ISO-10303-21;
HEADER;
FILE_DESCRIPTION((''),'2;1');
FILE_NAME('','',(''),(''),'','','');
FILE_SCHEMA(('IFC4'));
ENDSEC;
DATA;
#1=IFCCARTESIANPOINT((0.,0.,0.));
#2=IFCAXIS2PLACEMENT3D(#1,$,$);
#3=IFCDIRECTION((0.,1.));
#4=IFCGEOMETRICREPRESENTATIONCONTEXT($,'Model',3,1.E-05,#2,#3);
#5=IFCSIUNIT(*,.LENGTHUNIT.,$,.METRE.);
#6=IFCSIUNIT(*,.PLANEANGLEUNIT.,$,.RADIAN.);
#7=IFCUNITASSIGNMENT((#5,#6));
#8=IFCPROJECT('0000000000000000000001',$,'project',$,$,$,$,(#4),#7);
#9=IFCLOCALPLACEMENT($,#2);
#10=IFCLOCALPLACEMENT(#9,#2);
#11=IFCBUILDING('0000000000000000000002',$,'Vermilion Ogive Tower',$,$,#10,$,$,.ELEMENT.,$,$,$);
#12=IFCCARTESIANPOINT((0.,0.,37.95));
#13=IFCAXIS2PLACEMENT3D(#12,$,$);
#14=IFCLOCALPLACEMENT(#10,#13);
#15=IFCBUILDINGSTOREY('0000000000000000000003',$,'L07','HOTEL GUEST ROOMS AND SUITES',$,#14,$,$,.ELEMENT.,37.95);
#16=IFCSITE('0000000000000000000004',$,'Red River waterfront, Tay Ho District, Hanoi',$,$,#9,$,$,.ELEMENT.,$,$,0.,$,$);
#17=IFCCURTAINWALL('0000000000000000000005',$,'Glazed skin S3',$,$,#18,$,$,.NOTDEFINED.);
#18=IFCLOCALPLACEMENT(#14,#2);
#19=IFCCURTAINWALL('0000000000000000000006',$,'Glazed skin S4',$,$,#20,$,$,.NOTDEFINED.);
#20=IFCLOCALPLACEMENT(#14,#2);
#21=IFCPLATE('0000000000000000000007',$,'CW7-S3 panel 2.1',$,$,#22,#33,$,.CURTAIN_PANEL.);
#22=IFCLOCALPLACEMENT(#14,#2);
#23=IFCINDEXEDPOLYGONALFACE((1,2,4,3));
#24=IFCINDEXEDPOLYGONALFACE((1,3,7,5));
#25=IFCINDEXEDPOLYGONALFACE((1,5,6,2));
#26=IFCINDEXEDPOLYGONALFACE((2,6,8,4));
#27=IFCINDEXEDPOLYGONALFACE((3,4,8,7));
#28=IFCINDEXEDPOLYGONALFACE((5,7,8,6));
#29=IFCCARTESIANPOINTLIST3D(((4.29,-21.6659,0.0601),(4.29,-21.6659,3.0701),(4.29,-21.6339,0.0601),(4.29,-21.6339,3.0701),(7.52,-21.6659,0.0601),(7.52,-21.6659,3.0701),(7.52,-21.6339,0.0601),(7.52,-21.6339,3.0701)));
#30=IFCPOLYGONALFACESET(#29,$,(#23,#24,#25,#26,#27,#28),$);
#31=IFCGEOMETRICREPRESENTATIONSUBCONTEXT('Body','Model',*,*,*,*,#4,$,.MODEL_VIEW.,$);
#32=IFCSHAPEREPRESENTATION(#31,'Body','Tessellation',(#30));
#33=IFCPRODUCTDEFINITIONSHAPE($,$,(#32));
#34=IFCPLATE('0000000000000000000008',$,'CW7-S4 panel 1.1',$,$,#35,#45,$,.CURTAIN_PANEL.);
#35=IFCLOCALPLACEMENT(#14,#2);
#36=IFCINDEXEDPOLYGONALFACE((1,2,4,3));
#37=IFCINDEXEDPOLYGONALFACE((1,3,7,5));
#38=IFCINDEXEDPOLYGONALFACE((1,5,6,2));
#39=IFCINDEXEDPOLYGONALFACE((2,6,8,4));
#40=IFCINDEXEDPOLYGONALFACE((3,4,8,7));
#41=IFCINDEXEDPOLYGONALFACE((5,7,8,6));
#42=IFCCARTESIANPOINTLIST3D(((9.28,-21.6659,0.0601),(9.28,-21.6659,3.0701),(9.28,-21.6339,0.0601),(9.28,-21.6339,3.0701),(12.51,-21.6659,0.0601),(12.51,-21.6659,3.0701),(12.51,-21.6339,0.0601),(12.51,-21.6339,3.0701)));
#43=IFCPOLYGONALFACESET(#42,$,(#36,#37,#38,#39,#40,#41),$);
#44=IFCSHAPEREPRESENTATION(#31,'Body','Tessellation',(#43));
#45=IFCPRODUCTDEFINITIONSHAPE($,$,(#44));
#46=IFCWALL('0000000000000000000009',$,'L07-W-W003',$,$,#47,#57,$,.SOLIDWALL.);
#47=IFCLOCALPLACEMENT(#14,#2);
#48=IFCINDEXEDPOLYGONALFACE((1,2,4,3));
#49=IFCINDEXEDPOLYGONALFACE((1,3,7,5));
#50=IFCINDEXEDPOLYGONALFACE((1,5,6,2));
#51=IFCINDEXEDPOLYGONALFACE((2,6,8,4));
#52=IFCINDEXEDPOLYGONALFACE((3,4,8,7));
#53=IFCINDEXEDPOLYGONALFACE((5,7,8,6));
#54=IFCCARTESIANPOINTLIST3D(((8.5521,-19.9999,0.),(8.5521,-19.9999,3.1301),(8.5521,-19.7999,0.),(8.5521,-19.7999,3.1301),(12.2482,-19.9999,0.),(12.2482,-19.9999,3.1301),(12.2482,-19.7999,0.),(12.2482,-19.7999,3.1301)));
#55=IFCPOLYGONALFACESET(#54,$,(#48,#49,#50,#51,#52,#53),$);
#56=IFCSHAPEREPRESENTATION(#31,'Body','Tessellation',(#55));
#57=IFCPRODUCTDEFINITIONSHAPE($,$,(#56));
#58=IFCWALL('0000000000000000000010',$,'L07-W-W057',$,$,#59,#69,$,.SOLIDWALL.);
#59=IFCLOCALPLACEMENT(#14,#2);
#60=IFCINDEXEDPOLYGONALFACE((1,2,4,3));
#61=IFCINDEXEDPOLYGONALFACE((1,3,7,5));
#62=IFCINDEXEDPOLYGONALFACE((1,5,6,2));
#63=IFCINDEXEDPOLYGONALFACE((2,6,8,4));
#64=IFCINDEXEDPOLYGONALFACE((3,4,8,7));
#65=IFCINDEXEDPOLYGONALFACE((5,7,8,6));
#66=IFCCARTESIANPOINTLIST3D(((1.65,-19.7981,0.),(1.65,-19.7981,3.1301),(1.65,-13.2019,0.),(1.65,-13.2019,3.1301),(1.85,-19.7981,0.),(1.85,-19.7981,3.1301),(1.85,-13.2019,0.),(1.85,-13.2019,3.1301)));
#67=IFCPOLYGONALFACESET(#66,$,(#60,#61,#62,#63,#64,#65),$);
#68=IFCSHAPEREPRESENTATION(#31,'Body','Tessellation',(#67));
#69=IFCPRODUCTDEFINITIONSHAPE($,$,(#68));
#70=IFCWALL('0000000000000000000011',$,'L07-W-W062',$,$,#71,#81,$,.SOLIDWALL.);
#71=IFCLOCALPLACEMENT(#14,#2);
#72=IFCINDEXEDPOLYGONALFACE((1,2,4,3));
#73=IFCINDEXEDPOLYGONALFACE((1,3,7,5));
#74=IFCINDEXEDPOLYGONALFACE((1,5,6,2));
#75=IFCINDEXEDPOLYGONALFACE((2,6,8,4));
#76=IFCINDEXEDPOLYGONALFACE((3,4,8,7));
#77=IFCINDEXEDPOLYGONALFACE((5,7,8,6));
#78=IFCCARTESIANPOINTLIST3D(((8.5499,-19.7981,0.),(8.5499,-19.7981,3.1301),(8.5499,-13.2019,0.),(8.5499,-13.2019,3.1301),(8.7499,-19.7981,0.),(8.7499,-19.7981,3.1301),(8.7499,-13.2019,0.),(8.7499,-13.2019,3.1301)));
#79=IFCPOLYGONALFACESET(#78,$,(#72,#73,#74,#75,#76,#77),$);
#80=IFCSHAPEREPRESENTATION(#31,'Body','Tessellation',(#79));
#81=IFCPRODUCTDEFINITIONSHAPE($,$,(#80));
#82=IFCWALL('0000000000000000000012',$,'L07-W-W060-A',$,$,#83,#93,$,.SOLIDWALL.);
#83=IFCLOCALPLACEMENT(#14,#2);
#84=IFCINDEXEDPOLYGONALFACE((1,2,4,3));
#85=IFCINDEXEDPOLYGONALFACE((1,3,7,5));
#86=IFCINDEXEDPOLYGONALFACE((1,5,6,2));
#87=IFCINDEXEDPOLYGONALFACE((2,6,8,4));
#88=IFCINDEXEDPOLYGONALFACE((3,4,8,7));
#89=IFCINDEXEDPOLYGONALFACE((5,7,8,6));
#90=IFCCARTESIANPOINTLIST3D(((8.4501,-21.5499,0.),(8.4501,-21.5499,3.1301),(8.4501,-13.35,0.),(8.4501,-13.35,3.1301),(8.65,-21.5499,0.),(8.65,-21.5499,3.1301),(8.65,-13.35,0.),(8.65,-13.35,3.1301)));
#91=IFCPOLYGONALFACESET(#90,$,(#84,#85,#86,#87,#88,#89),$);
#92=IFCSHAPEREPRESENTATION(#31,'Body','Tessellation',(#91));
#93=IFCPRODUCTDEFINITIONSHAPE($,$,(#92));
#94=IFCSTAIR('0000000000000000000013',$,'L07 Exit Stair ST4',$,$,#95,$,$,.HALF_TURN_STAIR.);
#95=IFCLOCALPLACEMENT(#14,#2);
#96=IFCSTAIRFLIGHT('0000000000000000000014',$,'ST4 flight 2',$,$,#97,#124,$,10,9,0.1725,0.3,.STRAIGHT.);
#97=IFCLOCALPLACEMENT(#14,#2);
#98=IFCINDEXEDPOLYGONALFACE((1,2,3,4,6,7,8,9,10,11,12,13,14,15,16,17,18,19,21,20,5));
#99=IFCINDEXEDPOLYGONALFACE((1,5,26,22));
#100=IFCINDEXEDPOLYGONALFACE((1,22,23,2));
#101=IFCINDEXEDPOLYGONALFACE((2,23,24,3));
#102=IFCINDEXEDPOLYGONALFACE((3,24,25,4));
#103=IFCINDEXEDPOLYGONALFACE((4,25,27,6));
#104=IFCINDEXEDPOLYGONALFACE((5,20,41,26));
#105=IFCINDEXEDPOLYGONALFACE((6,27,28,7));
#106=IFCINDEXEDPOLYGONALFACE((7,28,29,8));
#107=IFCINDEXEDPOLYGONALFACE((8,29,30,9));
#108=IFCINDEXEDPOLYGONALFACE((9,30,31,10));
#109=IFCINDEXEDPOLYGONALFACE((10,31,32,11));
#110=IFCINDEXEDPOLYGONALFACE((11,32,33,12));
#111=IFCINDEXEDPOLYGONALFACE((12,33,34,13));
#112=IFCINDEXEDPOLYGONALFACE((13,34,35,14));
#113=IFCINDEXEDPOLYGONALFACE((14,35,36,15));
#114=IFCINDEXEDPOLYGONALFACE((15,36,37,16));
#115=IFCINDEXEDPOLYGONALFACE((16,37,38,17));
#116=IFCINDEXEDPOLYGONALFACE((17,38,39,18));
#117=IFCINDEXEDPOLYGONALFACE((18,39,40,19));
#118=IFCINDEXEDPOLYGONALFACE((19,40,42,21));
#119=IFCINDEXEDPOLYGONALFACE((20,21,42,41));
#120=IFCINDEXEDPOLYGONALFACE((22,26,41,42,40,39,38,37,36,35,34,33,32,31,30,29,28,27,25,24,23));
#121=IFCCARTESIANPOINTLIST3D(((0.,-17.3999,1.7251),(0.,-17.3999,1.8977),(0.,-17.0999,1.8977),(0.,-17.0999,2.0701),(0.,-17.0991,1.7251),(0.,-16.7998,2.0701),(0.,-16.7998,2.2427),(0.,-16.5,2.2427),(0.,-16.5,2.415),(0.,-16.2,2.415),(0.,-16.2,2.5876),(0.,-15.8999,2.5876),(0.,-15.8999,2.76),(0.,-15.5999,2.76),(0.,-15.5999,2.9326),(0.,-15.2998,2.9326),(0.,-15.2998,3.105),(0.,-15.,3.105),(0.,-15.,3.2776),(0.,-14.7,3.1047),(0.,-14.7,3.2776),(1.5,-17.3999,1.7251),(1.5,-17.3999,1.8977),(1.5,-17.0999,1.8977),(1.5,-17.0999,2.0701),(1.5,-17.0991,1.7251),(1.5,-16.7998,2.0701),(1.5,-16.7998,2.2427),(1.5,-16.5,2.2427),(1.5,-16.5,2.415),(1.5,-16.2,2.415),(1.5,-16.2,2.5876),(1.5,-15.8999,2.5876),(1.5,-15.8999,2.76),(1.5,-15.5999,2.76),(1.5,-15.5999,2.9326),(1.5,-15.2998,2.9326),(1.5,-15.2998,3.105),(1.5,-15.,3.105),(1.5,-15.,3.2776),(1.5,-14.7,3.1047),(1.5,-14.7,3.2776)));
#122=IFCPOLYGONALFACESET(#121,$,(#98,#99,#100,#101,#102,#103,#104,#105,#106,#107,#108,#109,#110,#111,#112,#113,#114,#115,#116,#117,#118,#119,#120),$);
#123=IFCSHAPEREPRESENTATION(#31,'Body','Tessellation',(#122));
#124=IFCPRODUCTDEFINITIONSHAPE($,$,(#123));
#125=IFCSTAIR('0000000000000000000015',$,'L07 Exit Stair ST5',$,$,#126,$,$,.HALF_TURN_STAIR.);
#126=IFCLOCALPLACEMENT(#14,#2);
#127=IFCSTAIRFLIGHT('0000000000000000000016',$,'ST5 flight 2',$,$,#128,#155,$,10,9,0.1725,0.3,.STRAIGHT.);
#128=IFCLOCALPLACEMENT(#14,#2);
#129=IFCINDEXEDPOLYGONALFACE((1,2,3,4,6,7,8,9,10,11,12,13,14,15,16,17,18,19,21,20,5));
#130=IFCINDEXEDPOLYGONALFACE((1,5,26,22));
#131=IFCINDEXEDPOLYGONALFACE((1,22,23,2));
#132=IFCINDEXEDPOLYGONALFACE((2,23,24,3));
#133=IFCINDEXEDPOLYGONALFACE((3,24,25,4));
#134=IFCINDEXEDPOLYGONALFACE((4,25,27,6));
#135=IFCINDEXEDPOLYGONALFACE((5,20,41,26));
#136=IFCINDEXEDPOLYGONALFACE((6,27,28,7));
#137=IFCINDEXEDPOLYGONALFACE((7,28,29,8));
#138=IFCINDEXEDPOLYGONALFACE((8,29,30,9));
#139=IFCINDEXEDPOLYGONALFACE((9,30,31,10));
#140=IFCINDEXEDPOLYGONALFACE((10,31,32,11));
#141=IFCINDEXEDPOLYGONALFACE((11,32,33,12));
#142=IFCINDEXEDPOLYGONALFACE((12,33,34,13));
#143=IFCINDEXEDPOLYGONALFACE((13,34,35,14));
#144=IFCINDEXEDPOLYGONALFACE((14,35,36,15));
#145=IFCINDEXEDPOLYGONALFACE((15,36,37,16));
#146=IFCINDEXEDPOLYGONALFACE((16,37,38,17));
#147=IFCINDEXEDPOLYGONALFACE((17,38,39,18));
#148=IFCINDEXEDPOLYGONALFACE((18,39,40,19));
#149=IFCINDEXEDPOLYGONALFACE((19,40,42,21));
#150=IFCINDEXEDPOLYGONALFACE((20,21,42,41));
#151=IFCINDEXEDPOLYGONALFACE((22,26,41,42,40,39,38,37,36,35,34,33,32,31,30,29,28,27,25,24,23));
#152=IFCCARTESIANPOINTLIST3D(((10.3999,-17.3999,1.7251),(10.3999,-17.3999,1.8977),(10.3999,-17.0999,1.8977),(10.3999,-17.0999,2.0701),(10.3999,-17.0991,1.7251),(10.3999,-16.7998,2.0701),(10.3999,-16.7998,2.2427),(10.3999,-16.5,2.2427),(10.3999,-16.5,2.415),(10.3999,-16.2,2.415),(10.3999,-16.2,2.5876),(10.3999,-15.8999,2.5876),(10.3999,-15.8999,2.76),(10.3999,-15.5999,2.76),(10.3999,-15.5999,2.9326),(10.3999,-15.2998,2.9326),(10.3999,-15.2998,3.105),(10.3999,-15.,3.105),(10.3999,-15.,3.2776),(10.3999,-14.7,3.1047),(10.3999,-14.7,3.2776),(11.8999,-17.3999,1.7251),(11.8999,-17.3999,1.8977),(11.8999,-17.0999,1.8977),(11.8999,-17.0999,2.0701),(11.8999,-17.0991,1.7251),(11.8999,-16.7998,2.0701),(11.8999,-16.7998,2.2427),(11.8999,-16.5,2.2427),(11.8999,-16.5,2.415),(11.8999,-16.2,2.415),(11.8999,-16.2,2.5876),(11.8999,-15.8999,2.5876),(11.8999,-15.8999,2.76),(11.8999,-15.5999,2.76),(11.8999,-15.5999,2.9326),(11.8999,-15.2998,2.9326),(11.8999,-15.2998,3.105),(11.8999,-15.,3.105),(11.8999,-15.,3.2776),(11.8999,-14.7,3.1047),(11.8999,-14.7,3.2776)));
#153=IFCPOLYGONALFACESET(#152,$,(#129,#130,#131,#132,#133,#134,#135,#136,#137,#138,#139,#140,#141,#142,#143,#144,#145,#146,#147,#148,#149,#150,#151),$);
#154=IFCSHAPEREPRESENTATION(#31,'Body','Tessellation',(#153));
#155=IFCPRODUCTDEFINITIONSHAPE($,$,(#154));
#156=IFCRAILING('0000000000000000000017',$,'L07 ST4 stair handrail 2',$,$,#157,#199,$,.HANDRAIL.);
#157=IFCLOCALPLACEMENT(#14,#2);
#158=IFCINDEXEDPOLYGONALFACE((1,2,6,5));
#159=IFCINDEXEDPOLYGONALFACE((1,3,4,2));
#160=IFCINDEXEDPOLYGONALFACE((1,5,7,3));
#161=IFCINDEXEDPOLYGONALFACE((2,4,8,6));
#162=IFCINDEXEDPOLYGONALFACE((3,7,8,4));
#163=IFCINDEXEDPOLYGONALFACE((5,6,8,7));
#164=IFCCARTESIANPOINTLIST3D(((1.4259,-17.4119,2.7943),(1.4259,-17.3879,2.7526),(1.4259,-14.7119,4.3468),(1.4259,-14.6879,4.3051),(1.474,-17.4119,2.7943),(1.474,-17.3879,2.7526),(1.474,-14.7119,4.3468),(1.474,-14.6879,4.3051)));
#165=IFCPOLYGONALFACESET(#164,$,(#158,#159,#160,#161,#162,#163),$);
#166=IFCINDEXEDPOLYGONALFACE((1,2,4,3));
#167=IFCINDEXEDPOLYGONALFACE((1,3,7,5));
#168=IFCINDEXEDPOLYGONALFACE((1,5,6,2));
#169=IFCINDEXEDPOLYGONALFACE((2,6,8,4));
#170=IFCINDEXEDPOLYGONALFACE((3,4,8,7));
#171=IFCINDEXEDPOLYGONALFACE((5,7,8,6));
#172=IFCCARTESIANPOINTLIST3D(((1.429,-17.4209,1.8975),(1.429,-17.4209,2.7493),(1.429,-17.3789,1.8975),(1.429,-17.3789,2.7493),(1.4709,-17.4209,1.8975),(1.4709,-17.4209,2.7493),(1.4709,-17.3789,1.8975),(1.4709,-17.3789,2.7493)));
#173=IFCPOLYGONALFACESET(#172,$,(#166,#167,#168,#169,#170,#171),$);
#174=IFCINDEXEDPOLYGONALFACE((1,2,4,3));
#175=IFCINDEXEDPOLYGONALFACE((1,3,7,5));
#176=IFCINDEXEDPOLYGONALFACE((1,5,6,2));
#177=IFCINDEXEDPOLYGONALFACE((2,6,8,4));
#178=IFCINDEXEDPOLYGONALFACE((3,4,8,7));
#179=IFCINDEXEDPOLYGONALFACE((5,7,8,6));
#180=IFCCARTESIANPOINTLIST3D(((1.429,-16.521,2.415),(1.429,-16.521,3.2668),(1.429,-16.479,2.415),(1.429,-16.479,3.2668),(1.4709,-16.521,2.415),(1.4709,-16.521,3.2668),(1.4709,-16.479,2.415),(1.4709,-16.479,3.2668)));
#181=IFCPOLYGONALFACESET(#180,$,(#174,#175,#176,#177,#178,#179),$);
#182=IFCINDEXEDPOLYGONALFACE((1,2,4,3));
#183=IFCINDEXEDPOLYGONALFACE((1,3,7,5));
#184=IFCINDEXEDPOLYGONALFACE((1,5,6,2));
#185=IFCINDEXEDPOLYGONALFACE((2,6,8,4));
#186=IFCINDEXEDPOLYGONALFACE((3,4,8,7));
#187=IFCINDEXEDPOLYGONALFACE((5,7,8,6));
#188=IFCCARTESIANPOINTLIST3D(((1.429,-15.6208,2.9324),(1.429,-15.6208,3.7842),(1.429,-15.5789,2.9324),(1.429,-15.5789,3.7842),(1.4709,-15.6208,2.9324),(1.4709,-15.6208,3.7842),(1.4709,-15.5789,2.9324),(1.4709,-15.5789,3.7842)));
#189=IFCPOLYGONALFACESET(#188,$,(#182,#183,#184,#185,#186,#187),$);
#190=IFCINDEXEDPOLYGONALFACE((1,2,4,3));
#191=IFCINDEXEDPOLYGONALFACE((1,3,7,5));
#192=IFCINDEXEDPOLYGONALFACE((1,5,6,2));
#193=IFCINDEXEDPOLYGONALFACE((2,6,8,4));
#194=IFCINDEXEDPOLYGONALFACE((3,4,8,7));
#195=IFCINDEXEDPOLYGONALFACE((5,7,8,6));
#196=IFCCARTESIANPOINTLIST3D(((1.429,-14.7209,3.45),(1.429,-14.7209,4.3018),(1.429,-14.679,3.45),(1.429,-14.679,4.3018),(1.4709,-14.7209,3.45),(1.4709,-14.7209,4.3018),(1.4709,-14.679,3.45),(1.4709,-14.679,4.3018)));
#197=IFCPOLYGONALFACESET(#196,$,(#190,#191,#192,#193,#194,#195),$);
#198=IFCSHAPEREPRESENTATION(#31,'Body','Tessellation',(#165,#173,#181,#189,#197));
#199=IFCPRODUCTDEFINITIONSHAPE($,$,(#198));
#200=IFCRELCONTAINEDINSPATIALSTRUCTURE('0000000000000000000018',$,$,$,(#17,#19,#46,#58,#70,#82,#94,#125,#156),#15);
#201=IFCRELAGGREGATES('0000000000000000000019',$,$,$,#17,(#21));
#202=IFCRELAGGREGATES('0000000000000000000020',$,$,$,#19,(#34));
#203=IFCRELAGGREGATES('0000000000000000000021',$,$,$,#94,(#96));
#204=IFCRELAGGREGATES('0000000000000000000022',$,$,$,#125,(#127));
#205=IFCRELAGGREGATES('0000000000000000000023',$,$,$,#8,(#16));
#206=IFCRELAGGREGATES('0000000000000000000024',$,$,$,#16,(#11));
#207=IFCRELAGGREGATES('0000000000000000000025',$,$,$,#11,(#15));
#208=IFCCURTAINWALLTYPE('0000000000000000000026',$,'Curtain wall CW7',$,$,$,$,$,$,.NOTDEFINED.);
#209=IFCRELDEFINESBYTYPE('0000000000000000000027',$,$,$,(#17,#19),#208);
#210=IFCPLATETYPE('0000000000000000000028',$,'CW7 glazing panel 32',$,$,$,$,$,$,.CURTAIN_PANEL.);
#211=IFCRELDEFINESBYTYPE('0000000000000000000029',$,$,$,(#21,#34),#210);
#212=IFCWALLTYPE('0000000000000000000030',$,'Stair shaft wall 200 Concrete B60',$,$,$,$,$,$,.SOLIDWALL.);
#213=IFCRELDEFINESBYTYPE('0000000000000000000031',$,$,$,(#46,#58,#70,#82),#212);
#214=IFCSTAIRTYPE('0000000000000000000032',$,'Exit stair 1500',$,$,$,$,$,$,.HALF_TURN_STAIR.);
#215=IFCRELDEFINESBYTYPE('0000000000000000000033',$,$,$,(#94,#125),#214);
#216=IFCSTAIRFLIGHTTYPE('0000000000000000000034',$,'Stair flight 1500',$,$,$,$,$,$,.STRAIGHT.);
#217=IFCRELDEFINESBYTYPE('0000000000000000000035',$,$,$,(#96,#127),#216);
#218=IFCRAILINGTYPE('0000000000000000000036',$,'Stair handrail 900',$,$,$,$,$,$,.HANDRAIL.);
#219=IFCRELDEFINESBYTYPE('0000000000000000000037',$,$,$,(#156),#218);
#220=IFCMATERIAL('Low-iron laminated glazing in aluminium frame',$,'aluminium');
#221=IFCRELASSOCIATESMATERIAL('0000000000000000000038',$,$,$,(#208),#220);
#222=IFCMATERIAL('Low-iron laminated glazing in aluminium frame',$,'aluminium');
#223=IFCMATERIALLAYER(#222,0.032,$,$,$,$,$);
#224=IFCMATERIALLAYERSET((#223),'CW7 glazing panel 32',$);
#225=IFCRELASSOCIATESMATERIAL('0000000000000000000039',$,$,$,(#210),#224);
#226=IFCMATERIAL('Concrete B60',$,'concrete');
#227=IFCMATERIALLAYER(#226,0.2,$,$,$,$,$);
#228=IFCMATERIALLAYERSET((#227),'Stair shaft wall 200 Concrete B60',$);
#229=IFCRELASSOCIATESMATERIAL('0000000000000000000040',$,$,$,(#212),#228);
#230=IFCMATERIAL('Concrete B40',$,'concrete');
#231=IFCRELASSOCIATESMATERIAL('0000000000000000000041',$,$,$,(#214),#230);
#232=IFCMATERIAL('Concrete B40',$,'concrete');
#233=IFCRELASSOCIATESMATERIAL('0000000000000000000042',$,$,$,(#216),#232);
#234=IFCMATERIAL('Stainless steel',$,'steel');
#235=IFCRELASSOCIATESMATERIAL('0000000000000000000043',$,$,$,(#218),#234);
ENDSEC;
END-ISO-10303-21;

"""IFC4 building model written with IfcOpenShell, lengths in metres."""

from ifc_helpers import new_model, si_unit, direction, frame, frame_2d, origin, origin_2d, place, context, subcontext, project, spatial, polyline, rectangle, outline, extrude, material, layer, layer_set, type_object, element, aggregate, save


model = new_model("IFC4")

# Units and contexts
model_context = context("Model", 3, precision=1e-05, world=origin(), true_north=direction((0.0, 1.0)))
body_context = subcontext(model_context, "Body", "Model", "MODEL_VIEW")
ifc_project = project(units=[si_unit("LENGTHUNIT", "METRE"), si_unit("PLANEANGLEUNIT", "RADIAN")], contexts=[model_context])

# Site, building, storey
site_placement = place(None, origin())
site = spatial("IfcSite", under=ifc_project, at=site_placement, Name="Red River waterfront, Tay Ho District, Hanoi", CompositionType="ELEMENT", RefElevation=0.0)
building_placement = place(site_placement, origin())
building = spatial("IfcBuilding", under=site, at=building_placement, Name="Vermilion Ogive Tower", CompositionType="ELEMENT")
storey_placement = place(building_placement, frame((0.0, 0.0, 37.95)))
storey = spatial("IfcBuildingStorey", under=building, at=storey_placement, Name="L07", Description="HOTEL GUEST ROOMS AND SUITES", CompositionType="ELEMENT", Elevation=37.95)

# Curtain wall
ifc_material_1 = material(Name="Low-iron laminated glazing in aluminium frame", Category="aluminium")
curtain_wall_type = type_object("IfcCurtainWallType", Name="Curtain wall CW7", PredefinedType="NOTDEFINED", material=ifc_material_1)
curtain_wall_1_placement = place(storey_placement, origin())
curtain_wall_1 = element("IfcCurtainWall", 1, at=curtain_wall_1_placement, inside=storey, type_object=curtain_wall_type, Name="Glazed skin S3", PredefinedType="NOTDEFINED")

# Curtain wall
curtain_wall_2_placement = place(storey_placement, origin())
curtain_wall_2 = element("IfcCurtainWall", 2, at=curtain_wall_2_placement, inside=storey, type_object=curtain_wall_type, Name="Glazed skin S4", PredefinedType="NOTDEFINED")

# Plates
ifc_material_2 = material(Name="Low-iron laminated glazing in aluminium frame", Category="aluminium")
ifc_layer_1 = layer(ifc_material_2, 0.032)
ifc_layer_set_1 = layer_set([ifc_layer_1], Name="CW7 glazing panel 32")
plate_type = type_object("IfcPlateType", Name="CW7 glazing panel 32", PredefinedType="CURTAIN_PANEL", material=ifc_layer_set_1)
plate_1_placement = place(storey_placement, frame((5.905, -21.6499, 0.0601), z_axis=(0.0, 0.0, 1.0), x_axis=(1.0, 0.0, 0.0)))
plate_1 = element("IfcPlate", 3, at=plate_1_placement, type_object=plate_type, Name="CW7-S3 panel 2.1", PredefinedType="CURTAIN_PANEL", context=body_context, shape_type="SweptSolid", body=[
    extrude(rectangle(XDim=3.23, YDim=0.032, at=origin_2d()), origin(), (0.0, 0.0, 1.0), 3.01),
])
aggregate(curtain_wall_1, [plate_1])
plate_2_placement = place(storey_placement, frame((10.895, -21.6499, 0.0601), z_axis=(0.0, 0.0, 1.0), x_axis=(1.0, 0.0, 0.0)))
plate_2 = element("IfcPlate", 4, at=plate_2_placement, type_object=plate_type, Name="CW7-S4 panel 1.1", PredefinedType="CURTAIN_PANEL", context=body_context, shape_type="SweptSolid", body=[
    extrude(rectangle(XDim=3.23, YDim=0.032, at=origin_2d()), origin(), (0.0, 0.0, 1.0), 3.01),
])
aggregate(curtain_wall_2, [plate_2])

# Walls
ifc_material_3 = material(Name="Concrete B60", Category="concrete")
ifc_layer_2 = layer(ifc_material_3, 0.2)
ifc_layer_set_2 = layer_set([ifc_layer_2], Name="Stair shaft wall 200 Concrete B60")
wall_type = type_object("IfcWallType", Name="Stair shaft wall 200 Concrete B60", PredefinedType="SOLIDWALL", material=ifc_layer_set_2)
wall_1_placement = place(storey_placement, frame((8.552, -19.8999, 0.0), z_axis=(0.0, 0.0, 1.0), x_axis=(1.0, 0.0, 0.0)))
element("IfcWall", 5, at=wall_1_placement, inside=storey, type_object=wall_type, Name="L07-W-W003", PredefinedType="SOLIDWALL", context=body_context, shape_type="SweptSolid", body=[
    extrude(rectangle(XDim=3.696, YDim=0.2, at=frame_2d((1.8481, 0.0))), origin(), (0.0, 0.0, 1.0), 3.1301),
])
for number, where, z_axis, x_axis, name in (
    (6, (1.75, -19.7981, 0.0), (0.0, 0.0, 1.0), (0.0, 1.0, 0.0), "L07-W-W057"),
    (7, (8.6499, -19.7981, 0.0), (0.0, 0.0, 1.0), (0.0, 1.0, 0.0), "L07-W-W062"),
):
    element("IfcWall", number, at=place(storey_placement, frame(where, z_axis=z_axis, x_axis=x_axis)), inside=storey, type_object=wall_type, Name=name, PredefinedType="SOLIDWALL", context=body_context, shape_type="SweptSolid", body=[
        extrude(rectangle(XDim=6.5962, YDim=0.2, at=frame_2d((3.2981, 0.0))), origin(), (0.0, 0.0, 1.0), 3.1301),
    ])
wall_2_placement = place(storey_placement, frame((8.55, -21.55, 0.0), z_axis=(0.0, 0.0, 1.0), x_axis=(0.0, 1.0, 0.0)))
element("IfcWall", 8, at=wall_2_placement, inside=storey, type_object=wall_type, Name="L07-W-W060-A", PredefinedType="SOLIDWALL", context=body_context, shape_type="SweptSolid", body=[
    extrude(rectangle(XDim=8.2, YDim=0.2, at=frame_2d((4.1001, 0.0))), origin(), (0.0, 0.0, 1.0), 3.1301),
])

# Stairs, stair flights
ifc_material_4 = material(Name="Concrete B40", Category="concrete")
stair_type = type_object("IfcStairType", Name="Exit stair 1500", PredefinedType="HALF_TURN_STAIR", material=ifc_material_4)
stair_1_placement = place(storey_placement, origin())
stair_1 = element("IfcStair", 9, at=stair_1_placement, inside=storey, type_object=stair_type, Name="L07 Exit Stair ST4", PredefinedType="HALF_TURN_STAIR")
ifc_material_5 = material(Name="Concrete B40", Category="concrete")
stair_flight_type = type_object("IfcStairFlightType", Name="Stair flight 1500", PredefinedType="STRAIGHT", material=ifc_material_5)
stair_flight_1_placement = place(storey_placement, frame((0.75, -17.3999, 1.7251), z_axis=(0.0, 0.0, 1.0), x_axis=(0.0, 1.0, 0.0)))
stair_flight_1 = element("IfcStairFlight", 10, at=stair_flight_1_placement, type_object=stair_flight_type, Name="ST4 flight 2", NumberOfRisers=10, NumberOfTreads=9, PredefinedType="STRAIGHT", RiserHeight=0.1725, TreadLength=0.3, context=body_context, shape_type="SweptSolid", body=[
    extrude(outline(polyline([(0.0, 0.0), (0.0, 0.1726), (0.3, 0.1726), (0.3, 0.345), (0.6001, 0.345), (0.6001, 0.5176), (0.8999, 0.5176), (0.8999, 0.6899), (1.2, 0.6899), (1.2, 0.8625), (1.5, 0.8625), (1.5, 1.0349), (1.8, 1.0349), (1.8, 1.2075), (2.1001, 1.2075), (2.1001, 1.3799), (2.3999, 1.3799), (2.3999, 1.5525), (2.7, 1.5525), (2.7, 1.7251), (2.7, 1.3796), (0.3008, 0.0), (0.0, 0.0)])), frame((0.0, 0.75, 0.0), z_axis=(0.0, -1.0, 0.0), x_axis=(1.0, 0.0, 0.0)), (0.0, 0.0, 1.0), 1.5),
])
aggregate(stair_1, [stair_flight_1])
stair_2_placement = place(storey_placement, origin())
stair_2 = element("IfcStair", 11, at=stair_2_placement, inside=storey, type_object=stair_type, Name="L07 Exit Stair ST5", PredefinedType="HALF_TURN_STAIR")
stair_flight_2_placement = place(storey_placement, frame((11.1499, -17.3999, 1.7251), z_axis=(0.0, 0.0, 1.0), x_axis=(0.0, 1.0, 0.0)))
stair_flight_2 = element("IfcStairFlight", 12, at=stair_flight_2_placement, type_object=stair_flight_type, Name="ST5 flight 2", NumberOfRisers=10, NumberOfTreads=9, PredefinedType="STRAIGHT", RiserHeight=0.1725, TreadLength=0.3, context=body_context, shape_type="SweptSolid", body=[
    extrude(outline(polyline([(0.0, 0.0), (0.0, 0.1726), (0.3, 0.1726), (0.3, 0.345), (0.6001, 0.345), (0.6001, 0.5176), (0.8999, 0.5176), (0.8999, 0.6899), (1.2, 0.6899), (1.2, 0.8625), (1.5, 0.8625), (1.5, 1.0349), (1.8, 1.0349), (1.8, 1.2075), (2.1001, 1.2075), (2.1001, 1.3799), (2.3999, 1.3799), (2.3999, 1.5525), (2.7, 1.5525), (2.7, 1.7251), (2.7, 1.3796), (0.3008, 0.0), (0.0, 0.0)])), frame((0.0, 0.75, 0.0), z_axis=(0.0, -1.0, 0.0), x_axis=(1.0, 0.0, 0.0)), (0.0, 0.0, 1.0), 1.5),
])
aggregate(stair_2, [stair_flight_2])

# Railing
ifc_material_6 = material(Name="Stainless steel", Category="steel")
railing_type = type_object("IfcRailingType", Name="Stair handrail 900", PredefinedType="HANDRAIL", material=ifc_material_6)
railing_1_placement = place(storey_placement, frame((1.45, -17.3999, 1.8975)))
element("IfcRailing", 13, at=railing_1_placement, inside=storey, type_object=railing_type, Name="L07 ST4 stair handrail 2", PredefinedType="HANDRAIL", context=body_context, shape_type="SweptSolid", body=[
    extrude(rectangle(XDim=0.0481, YDim=0.0481, at=origin_2d()), frame((0.0, 0.0, 0.876), z_axis=(0.0, 0.866904, 0.498476), x_axis=(-1.0, 0.0, 0.0)), (0.0, 0.0, 1.0), 3.1145),
    extrude(rectangle(XDim=0.042, YDim=0.042, at=origin_2d()), origin(), (0.0, 0.0, 1.0), 0.8518),
    extrude(rectangle(XDim=0.042, YDim=0.042, at=origin_2d()), frame((0.0, 0.8999, 0.5176)), (0.0, 0.0, 1.0), 0.8518),
    extrude(rectangle(XDim=0.042, YDim=0.042, at=origin_2d()), frame((0.0, 1.8, 1.0349)), (0.0, 0.0, 1.0), 0.8518),
    extrude(rectangle(XDim=0.042, YDim=0.042, at=origin_2d()), frame((0.0, 2.7, 1.5525)), (0.0, 0.0, 1.0), 0.8518),
])

save(model, "model.ifc")
